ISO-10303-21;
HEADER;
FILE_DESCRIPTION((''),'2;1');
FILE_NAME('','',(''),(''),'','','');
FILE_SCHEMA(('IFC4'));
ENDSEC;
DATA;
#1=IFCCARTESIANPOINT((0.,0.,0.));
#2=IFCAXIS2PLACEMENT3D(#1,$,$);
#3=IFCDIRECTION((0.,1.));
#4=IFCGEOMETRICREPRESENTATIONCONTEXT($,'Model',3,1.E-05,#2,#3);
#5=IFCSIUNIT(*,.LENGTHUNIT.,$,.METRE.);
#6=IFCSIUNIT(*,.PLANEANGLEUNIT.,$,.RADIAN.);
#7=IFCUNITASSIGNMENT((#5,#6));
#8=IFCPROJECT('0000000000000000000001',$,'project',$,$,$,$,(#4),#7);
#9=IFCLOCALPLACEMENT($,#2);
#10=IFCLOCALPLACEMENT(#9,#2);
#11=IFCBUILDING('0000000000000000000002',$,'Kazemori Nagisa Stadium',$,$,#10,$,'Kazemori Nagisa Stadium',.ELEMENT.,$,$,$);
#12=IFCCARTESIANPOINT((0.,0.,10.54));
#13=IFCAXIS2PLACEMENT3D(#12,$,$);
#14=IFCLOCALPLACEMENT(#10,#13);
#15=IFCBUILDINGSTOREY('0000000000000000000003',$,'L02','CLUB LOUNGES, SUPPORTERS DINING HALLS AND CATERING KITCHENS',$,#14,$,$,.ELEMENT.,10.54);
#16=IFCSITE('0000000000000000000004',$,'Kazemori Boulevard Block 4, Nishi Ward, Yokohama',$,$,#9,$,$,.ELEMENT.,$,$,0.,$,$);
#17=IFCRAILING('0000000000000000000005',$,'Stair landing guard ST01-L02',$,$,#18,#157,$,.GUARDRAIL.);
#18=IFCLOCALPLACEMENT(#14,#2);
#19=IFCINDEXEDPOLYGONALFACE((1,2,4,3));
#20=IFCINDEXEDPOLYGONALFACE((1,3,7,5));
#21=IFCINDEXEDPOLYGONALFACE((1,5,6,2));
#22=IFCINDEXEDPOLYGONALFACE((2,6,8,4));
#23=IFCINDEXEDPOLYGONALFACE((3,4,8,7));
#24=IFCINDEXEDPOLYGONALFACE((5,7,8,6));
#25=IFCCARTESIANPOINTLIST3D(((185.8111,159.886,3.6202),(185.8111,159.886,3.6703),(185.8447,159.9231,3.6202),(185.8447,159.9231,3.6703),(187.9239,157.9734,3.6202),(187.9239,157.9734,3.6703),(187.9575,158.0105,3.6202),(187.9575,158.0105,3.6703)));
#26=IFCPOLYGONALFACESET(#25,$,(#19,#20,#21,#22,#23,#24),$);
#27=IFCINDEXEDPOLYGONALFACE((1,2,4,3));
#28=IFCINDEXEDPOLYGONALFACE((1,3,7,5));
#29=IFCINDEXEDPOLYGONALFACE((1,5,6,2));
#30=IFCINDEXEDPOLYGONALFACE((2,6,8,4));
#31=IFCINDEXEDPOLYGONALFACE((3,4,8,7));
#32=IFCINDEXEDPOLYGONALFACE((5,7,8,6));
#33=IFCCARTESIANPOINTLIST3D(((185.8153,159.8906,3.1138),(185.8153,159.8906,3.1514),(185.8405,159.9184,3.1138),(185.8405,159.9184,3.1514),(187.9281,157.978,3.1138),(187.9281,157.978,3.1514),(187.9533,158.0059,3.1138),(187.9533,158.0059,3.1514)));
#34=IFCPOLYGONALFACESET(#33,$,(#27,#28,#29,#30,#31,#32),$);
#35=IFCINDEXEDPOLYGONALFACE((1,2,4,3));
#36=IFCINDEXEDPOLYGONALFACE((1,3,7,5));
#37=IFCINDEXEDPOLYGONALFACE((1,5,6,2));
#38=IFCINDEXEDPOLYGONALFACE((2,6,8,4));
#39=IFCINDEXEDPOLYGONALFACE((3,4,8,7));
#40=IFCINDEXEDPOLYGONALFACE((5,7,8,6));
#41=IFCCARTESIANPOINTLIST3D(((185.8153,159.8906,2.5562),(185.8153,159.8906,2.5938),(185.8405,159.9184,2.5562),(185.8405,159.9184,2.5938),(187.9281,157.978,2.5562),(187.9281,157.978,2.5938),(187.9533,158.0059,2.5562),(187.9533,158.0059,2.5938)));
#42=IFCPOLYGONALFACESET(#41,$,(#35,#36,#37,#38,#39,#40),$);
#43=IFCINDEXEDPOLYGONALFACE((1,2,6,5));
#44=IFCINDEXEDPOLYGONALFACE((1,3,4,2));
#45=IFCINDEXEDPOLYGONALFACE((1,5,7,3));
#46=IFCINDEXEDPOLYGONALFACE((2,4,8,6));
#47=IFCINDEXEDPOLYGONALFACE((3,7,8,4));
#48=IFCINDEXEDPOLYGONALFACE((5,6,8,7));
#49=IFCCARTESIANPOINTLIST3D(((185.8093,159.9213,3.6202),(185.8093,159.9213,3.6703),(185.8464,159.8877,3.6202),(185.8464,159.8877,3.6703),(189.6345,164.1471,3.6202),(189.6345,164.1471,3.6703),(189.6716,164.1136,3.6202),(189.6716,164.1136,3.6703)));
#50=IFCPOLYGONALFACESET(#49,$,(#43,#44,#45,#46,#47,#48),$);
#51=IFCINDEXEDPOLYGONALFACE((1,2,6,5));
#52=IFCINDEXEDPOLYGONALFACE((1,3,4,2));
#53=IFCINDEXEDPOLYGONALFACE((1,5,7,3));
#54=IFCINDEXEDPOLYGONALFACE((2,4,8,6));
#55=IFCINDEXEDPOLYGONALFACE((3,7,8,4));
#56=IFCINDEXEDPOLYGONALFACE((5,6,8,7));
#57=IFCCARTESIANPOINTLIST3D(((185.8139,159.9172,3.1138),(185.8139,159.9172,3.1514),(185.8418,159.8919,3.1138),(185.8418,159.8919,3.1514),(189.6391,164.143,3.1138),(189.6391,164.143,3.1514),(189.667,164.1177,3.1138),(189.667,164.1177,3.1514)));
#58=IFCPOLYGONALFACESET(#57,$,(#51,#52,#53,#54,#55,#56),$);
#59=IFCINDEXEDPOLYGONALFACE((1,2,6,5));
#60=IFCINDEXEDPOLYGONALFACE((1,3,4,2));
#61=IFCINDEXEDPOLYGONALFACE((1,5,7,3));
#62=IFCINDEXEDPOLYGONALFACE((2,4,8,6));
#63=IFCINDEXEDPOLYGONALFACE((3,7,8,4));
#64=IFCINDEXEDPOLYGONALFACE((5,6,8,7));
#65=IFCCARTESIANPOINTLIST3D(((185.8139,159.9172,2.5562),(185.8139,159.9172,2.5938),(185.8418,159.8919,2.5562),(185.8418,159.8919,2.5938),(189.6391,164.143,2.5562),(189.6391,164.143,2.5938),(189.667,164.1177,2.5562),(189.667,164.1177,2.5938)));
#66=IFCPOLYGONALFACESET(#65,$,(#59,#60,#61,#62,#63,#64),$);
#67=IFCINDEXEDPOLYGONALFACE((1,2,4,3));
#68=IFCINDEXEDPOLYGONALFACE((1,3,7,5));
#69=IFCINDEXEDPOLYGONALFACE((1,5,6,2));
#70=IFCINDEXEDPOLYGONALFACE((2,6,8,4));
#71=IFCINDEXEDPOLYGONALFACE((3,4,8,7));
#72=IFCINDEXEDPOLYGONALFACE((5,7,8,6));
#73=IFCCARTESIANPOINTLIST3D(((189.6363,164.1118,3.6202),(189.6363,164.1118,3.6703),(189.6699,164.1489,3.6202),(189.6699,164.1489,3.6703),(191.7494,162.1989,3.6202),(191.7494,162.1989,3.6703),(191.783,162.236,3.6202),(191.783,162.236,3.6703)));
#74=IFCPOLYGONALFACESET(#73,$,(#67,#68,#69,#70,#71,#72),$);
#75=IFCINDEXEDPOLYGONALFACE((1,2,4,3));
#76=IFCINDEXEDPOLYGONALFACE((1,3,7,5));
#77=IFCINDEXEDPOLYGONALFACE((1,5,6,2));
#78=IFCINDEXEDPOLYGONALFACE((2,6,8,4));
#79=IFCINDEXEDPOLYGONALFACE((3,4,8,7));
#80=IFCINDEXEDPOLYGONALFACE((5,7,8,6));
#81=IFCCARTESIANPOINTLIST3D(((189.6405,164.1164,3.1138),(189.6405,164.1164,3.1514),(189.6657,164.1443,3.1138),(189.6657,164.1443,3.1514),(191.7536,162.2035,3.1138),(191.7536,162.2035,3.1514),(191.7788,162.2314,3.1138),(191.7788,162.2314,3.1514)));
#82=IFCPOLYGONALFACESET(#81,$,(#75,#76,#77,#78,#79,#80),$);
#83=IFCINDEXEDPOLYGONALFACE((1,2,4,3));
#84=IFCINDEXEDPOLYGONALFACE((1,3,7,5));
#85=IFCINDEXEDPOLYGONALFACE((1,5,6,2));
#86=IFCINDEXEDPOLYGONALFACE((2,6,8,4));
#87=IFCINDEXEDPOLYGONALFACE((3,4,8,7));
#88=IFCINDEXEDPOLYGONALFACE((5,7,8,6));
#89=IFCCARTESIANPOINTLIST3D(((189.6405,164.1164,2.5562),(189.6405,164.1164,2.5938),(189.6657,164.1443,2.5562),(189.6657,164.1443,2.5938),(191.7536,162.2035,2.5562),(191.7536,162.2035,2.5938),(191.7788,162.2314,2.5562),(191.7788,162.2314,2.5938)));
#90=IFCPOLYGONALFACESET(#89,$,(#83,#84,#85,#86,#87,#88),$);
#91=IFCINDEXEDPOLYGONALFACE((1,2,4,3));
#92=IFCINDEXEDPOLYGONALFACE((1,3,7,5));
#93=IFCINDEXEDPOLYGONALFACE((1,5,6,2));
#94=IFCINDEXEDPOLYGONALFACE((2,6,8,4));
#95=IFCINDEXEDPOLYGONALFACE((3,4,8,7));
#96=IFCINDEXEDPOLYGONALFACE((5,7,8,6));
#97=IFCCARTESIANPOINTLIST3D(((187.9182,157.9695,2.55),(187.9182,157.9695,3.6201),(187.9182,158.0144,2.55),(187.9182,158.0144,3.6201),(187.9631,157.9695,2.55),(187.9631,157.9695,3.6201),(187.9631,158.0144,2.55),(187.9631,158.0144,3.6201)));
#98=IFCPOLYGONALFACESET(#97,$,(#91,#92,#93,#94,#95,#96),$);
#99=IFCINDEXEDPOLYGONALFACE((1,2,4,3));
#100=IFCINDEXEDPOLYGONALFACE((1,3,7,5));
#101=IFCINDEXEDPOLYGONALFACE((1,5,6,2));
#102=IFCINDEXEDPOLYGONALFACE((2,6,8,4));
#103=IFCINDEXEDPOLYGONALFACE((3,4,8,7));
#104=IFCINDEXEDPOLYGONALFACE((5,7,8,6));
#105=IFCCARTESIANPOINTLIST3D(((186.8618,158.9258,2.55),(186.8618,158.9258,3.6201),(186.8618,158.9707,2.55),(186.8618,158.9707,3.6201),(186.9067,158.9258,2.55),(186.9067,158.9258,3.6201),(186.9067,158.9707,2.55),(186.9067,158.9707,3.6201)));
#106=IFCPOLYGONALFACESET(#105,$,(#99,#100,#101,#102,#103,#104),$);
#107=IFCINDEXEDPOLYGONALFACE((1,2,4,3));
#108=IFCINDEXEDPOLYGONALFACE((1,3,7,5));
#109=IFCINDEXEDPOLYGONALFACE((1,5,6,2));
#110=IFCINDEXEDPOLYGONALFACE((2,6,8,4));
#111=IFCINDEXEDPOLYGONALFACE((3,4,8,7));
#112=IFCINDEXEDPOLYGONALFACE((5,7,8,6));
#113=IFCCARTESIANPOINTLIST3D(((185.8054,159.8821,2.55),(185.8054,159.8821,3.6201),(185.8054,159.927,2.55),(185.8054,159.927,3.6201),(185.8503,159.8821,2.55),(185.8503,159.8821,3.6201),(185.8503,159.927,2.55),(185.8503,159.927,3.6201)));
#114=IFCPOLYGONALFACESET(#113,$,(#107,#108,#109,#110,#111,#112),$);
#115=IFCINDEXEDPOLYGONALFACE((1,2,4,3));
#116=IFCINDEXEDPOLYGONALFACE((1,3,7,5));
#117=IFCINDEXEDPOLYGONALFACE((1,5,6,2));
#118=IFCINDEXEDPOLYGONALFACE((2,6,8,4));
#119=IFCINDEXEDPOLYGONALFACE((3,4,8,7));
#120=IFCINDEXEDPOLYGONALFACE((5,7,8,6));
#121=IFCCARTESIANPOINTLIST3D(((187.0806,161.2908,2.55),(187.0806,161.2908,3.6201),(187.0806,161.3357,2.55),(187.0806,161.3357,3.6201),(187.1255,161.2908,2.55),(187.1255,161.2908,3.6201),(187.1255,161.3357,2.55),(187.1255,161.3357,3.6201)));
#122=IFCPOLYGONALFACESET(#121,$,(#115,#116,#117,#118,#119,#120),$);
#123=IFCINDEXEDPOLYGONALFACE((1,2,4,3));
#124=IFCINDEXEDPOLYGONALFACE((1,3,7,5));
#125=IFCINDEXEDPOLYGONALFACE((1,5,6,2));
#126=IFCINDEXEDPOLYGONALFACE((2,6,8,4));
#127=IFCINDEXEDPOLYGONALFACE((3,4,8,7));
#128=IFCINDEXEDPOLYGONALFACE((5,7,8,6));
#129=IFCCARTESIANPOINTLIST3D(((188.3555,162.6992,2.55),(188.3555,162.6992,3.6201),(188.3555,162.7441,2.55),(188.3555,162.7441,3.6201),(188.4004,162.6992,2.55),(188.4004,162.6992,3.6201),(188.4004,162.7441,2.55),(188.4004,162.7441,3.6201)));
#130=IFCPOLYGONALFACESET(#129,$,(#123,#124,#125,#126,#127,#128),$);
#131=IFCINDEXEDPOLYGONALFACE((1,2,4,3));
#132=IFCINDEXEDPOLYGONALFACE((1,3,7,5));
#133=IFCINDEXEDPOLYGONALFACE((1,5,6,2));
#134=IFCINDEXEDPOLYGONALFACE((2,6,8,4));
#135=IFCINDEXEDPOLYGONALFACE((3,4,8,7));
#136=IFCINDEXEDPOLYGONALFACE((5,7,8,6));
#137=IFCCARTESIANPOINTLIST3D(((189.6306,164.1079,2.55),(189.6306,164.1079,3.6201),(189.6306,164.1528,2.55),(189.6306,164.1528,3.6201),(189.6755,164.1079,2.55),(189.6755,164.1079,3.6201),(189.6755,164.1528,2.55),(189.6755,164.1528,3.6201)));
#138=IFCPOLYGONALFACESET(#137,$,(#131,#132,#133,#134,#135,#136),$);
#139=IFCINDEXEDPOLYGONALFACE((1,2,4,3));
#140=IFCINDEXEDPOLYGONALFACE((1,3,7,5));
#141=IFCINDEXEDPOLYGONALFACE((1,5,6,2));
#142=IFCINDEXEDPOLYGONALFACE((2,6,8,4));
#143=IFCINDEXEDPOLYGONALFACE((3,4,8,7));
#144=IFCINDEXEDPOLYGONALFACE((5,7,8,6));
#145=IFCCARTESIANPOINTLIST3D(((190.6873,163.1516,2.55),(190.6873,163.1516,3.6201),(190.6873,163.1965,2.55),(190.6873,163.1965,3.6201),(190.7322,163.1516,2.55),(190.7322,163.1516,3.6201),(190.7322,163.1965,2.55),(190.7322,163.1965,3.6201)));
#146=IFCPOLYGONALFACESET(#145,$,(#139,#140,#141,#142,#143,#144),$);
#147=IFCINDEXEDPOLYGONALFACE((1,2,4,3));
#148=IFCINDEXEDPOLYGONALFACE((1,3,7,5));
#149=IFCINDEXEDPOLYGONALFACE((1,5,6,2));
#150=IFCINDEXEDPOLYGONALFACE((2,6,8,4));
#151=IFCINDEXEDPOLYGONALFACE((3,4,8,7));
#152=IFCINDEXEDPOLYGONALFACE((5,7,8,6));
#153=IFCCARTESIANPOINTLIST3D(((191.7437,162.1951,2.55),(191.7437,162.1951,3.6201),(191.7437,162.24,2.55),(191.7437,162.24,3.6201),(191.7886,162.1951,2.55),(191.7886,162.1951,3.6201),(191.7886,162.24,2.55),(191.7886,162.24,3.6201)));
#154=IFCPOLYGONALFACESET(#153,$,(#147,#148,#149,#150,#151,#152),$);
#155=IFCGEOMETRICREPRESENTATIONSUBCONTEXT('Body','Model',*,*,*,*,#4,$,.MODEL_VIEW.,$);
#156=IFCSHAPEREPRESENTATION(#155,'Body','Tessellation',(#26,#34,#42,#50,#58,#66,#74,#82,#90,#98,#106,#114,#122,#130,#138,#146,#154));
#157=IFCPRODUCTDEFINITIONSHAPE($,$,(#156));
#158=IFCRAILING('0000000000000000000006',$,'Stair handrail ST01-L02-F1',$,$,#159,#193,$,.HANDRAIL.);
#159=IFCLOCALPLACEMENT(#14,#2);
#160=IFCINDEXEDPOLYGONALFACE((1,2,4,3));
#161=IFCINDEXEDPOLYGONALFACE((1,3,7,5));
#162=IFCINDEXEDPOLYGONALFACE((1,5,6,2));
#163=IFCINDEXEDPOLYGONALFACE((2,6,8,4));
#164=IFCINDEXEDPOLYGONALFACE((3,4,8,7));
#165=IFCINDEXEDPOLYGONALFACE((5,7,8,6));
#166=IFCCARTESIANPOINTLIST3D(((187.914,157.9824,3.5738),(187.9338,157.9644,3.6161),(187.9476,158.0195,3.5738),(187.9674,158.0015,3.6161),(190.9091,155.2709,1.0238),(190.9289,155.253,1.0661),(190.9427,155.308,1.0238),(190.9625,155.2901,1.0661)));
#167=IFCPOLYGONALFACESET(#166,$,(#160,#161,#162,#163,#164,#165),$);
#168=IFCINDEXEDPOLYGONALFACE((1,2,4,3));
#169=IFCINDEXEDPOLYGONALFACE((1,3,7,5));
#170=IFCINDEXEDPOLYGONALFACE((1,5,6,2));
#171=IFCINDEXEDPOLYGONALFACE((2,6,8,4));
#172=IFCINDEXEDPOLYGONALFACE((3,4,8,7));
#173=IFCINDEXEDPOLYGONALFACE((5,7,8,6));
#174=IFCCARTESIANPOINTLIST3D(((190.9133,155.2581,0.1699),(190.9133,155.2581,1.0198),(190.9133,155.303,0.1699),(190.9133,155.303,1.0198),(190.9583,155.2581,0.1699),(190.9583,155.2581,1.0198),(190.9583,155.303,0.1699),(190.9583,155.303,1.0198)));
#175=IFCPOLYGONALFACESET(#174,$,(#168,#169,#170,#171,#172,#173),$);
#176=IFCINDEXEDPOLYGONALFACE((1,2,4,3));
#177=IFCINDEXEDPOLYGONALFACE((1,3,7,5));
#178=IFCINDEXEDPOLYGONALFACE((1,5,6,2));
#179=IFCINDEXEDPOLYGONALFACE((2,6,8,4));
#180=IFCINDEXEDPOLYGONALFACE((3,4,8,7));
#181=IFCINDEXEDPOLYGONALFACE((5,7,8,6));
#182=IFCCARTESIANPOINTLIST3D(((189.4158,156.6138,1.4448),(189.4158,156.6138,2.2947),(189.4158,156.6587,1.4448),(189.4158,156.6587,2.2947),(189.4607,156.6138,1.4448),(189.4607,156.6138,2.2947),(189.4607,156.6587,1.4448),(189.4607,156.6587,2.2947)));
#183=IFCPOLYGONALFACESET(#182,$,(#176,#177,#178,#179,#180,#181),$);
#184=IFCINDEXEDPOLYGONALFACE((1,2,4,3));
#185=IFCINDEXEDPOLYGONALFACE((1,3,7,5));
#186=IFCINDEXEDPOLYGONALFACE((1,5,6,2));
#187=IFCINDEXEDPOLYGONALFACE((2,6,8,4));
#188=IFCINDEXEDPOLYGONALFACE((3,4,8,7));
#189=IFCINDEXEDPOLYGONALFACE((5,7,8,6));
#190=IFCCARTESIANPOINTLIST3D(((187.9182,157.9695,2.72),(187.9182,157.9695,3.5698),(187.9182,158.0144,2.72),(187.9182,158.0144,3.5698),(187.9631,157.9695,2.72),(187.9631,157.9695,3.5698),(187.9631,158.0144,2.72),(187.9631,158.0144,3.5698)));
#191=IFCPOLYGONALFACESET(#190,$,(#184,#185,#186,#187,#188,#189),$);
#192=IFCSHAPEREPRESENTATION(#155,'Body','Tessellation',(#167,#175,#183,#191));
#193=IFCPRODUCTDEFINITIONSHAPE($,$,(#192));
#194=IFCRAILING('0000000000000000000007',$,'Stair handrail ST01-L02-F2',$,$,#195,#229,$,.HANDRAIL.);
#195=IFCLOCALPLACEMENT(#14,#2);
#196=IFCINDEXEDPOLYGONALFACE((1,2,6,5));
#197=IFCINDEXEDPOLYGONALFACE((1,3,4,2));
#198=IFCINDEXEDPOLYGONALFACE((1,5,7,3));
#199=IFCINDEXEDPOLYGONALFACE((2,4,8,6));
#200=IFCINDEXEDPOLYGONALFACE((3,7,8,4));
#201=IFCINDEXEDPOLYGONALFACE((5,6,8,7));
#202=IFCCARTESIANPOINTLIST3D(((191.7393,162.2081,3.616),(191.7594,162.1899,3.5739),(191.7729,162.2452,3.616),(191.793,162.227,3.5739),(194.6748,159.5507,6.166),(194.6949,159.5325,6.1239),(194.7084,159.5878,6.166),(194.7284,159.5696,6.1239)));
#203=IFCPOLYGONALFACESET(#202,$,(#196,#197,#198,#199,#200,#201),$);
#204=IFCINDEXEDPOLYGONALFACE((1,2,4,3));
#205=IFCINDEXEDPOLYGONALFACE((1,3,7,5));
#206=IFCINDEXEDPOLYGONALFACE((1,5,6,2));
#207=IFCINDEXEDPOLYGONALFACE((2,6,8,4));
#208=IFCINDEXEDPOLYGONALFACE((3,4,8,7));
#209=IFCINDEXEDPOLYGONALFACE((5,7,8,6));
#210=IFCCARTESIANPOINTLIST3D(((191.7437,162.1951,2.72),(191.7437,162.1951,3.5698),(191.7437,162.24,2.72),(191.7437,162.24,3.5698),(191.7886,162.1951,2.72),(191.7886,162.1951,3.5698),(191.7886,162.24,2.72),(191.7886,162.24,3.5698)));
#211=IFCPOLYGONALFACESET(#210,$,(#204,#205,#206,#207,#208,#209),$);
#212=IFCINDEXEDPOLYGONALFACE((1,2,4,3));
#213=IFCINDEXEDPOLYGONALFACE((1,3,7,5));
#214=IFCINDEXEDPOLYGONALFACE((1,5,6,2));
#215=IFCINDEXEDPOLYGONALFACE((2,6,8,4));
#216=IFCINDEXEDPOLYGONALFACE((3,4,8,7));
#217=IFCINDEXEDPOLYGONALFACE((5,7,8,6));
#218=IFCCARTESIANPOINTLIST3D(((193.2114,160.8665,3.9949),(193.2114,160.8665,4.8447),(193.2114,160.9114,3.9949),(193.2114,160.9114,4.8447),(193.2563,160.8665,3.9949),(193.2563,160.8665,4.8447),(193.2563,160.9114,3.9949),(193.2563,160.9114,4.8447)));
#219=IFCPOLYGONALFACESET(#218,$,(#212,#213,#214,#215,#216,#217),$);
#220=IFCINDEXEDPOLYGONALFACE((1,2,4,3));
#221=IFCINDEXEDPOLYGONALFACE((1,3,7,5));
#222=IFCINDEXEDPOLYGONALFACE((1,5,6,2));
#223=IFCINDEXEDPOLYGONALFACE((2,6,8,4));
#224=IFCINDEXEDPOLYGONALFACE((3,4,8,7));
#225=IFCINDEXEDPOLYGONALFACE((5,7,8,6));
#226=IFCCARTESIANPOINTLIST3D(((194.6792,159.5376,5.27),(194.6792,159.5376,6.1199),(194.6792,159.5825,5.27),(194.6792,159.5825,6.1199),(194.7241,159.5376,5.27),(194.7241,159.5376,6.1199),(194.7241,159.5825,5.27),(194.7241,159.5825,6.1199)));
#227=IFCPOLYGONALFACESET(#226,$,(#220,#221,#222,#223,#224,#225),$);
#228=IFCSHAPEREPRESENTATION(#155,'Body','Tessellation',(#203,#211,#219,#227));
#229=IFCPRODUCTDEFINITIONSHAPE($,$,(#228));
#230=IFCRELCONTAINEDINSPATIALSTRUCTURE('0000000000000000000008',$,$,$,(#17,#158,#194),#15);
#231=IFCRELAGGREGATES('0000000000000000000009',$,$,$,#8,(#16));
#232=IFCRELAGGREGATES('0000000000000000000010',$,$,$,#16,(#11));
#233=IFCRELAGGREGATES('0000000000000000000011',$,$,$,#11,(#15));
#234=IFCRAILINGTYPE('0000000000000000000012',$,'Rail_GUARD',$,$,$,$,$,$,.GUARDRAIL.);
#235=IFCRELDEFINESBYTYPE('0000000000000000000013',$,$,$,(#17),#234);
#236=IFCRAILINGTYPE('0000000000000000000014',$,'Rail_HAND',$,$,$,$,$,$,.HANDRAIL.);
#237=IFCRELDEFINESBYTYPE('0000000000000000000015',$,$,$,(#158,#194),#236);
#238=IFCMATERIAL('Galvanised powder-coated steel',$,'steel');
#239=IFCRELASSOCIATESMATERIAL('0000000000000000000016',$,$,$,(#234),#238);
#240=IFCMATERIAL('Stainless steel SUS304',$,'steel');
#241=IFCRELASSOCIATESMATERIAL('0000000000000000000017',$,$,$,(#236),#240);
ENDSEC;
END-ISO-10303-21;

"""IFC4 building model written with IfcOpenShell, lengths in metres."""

from ifc_helpers import new_model, si_unit, direction, frame, origin, origin_2d, place, context, subcontext, project, spatial, rectangle, extrude, material, type_object, element, save


model = new_model("IFC4")

# Units and contexts
model_context = context("Model", 3, precision=1e-05, world=origin(), true_north=direction((0.0, 1.0)))
body_context = subcontext(model_context, "Body", "Model", "MODEL_VIEW")
ifc_project = project(units=[si_unit("LENGTHUNIT", "METRE"), si_unit("PLANEANGLEUNIT", "RADIAN")], contexts=[model_context])

# Site, building, storey
site_placement = place(None, origin())
site = spatial("IfcSite", under=ifc_project, at=site_placement, Name="Kazemori Boulevard Block 4, Nishi Ward, Yokohama", CompositionType="ELEMENT", RefElevation=0.0)
building_placement = place(site_placement, origin())
building = spatial("IfcBuilding", under=site, at=building_placement, Name="Kazemori Nagisa Stadium", LongName="Kazemori Nagisa Stadium", CompositionType="ELEMENT")
storey_placement = place(building_placement, frame((0.0, 0.0, 10.54)))
storey = spatial("IfcBuildingStorey", under=building, at=storey_placement, Name="L02", Description="CLUB LOUNGES, SUPPORTERS DINING HALLS AND CATERING KITCHENS", CompositionType="ELEMENT", Elevation=10.54)

# Railings
ifc_material_1 = material(Name="Galvanised powder-coated steel", Category="steel")
railing_type_1 = type_object("IfcRailingType", Name="Rail_GUARD", PredefinedType="GUARDRAIL", material=ifc_material_1)
railing_1_placement = place(storey_placement, frame((187.9407, 157.9919, 2.55)))
element("IfcRailing", 1, at=railing_1_placement, inside=storey, type_object=railing_type_1, Name="Stair landing guard ST01-L02", PredefinedType="GUARDRAIL", context=body_context, shape_type="SweptSolid", body=[
    extrude(rectangle(XDim=0.05, YDim=0.05, at=origin_2d()), frame((0.0, 0.0, 1.0952), z_axis=(-0.741357, 0.671111, 0.0), x_axis=(-0.671111, -0.741357, 0.0)), (0.0, 0.0, 1.0), 2.8499),
    extrude(rectangle(XDim=0.0376, YDim=0.0376, at=origin_2d()), frame((0.0, 0.0, 0.5825), z_axis=(-0.741357, 0.671111, 0.0), x_axis=(-0.671111, -0.741357, 0.0)), (0.0, 0.0, 1.0), 2.8499),
    extrude(rectangle(XDim=0.0376, YDim=0.0376, at=origin_2d()), frame((0.0, 0.0, 0.0249), z_axis=(-0.741357, 0.671111, 0.0), x_axis=(-0.671111, -0.741357, 0.0)), (0.0, 0.0, 1.0), 2.8499),
    extrude(rectangle(XDim=0.05, YDim=0.05, at=origin_2d()), frame((-2.1128, 1.9126, 1.0952), z_axis=(0.671089, 0.741376, 0.0), x_axis=(-0.741376, 0.671089, 0.0)), (0.0, 0.0, 1.0), 5.7),
    extrude(rectangle(XDim=0.0376, YDim=0.0376, at=origin_2d()), frame((-2.1128, 1.9126, 0.5825), z_axis=(0.671089, 0.741376, 0.0), x_axis=(-0.741376, 0.671089, 0.0)), (0.0, 0.0, 1.0), 5.7),
    extrude(rectangle(XDim=0.0376, YDim=0.0376, at=origin_2d()), frame((-2.1128, 1.9126, 0.0249), z_axis=(0.671089, 0.741376, 0.0), x_axis=(-0.741376, 0.671089, 0.0)), (0.0, 0.0, 1.0), 5.7),
    extrude(rectangle(XDim=0.05, YDim=0.05, at=origin_2d()), frame((1.7124, 6.1384, 1.0952), z_axis=(0.741353, -0.671115, 0.0), x_axis=(0.671115, 0.741353, 0.0)), (0.0, 0.0, 1.0), 2.8503),
    extrude(rectangle(XDim=0.0376, YDim=0.0376, at=origin_2d()), frame((1.7124, 6.1384, 0.5825), z_axis=(0.741353, -0.671115, 0.0), x_axis=(0.671115, 0.741353, 0.0)), (0.0, 0.0, 1.0), 2.8503),
    extrude(rectangle(XDim=0.0376, YDim=0.0376, at=origin_2d()), frame((1.7124, 6.1384, 0.0249), z_axis=(0.741353, -0.671115, 0.0), x_axis=(0.671115, 0.741353, 0.0)), (0.0, 0.0, 1.0), 2.8503),
    extrude(rectangle(XDim=0.0449, YDim=0.0449, at=origin_2d()), origin(), (0.0, 0.0, 1.0), 1.0701),
    extrude(rectangle(XDim=0.0449, YDim=0.0449, at=origin_2d()), frame((-1.0564, 0.9563, 0.0)), (0.0, 0.0, 1.0), 1.0701),
    extrude(rectangle(XDim=0.0449, YDim=0.0449, at=origin_2d()), frame((-2.1128, 1.9126, 0.0)), (0.0, 0.0, 1.0), 1.0701),
    extrude(rectangle(XDim=0.0449, YDim=0.0449, at=origin_2d()), frame((-0.8376, 3.3213, 0.0)), (0.0, 0.0, 1.0), 1.0701),
    extrude(rectangle(XDim=0.0449, YDim=0.0449, at=origin_2d()), frame((0.4373, 4.7297, 0.0)), (0.0, 0.0, 1.0), 1.0701),
    extrude(rectangle(XDim=0.0449, YDim=0.0449, at=origin_2d()), frame((1.7124, 6.1384, 0.0)), (0.0, 0.0, 1.0), 1.0701),
    extrude(rectangle(XDim=0.0449, YDim=0.0449, at=origin_2d()), frame((2.769, 5.1821, 0.0)), (0.0, 0.0, 1.0), 1.0701),
    extrude(rectangle(XDim=0.0449, YDim=0.0449, at=origin_2d()), frame((3.8254, 4.2256, 0.0)), (0.0, 0.0, 1.0), 1.0701),
])
ifc_material_2 = material(Name="Stainless steel SUS304", Category="steel")
railing_type_2 = type_object("IfcRailingType", Name="Rail_HAND", PredefinedType="HANDRAIL", material=ifc_material_2)
railing_2_placement = place(storey_placement, frame((190.9358, 155.2805, 0.1699)))
element("IfcRailing", 2, at=railing_2_placement, inside=storey, type_object=railing_type_2, Name="Stair handrail ST01-L02-F1", PredefinedType="HANDRAIL", context=body_context, shape_type="SweptSolid", body=[
    extrude(rectangle(XDim=0.05, YDim=0.05, at=origin_2d()), frame((0.0, 0.0, 0.875), z_axis=(-0.62691, 0.567531, 0.533753), x_axis=(-0.671125, -0.741344, 0.0)), (0.0, 0.0, 1.0), 4.7776),
    extrude(rectangle(XDim=0.0449, YDim=0.0449, at=origin_2d()), origin(), (0.0, 0.0, 1.0), 0.8499),
    extrude(rectangle(XDim=0.0449, YDim=0.0449, at=origin_2d()), frame((-1.4976, 1.3557, 1.2749)), (0.0, 0.0, 1.0), 0.8499),
    extrude(rectangle(XDim=0.0449, YDim=0.0449, at=origin_2d()), frame((-2.9951, 2.7114, 2.55)), (0.0, 0.0, 1.0), 0.8499),
])
railing_3_placement = place(storey_placement, frame((191.7661, 162.2175, 2.72)))
element("IfcRailing", 3, at=railing_3_placement, inside=storey, type_object=railing_type_2, Name="Stair handrail ST01-L02-F2", PredefinedType="HANDRAIL", context=body_context, shape_type="SweptSolid", body=[
    extrude(rectangle(XDim=0.05, YDim=0.05, at=origin_2d()), frame((0.0, 0.0, 0.875), z_axis=(0.623283, -0.564241, 0.541433), x_axis=(0.671122, 0.741347, 0.0)), (0.0, 0.0, 1.0), 4.7097),
    extrude(rectangle(XDim=0.0449, YDim=0.0449, at=origin_2d()), origin(), (0.0, 0.0, 1.0), 0.8499),
    extrude(rectangle(XDim=0.0449, YDim=0.0449, at=origin_2d()), frame((1.4678, -1.3286, 1.2749)), (0.0, 0.0, 1.0), 0.8499),
    extrude(rectangle(XDim=0.0449, YDim=0.0449, at=origin_2d()), frame((2.9355, -2.6575, 2.55)), (0.0, 0.0, 1.0), 0.8499),
])

save(model, "model.ifc")
